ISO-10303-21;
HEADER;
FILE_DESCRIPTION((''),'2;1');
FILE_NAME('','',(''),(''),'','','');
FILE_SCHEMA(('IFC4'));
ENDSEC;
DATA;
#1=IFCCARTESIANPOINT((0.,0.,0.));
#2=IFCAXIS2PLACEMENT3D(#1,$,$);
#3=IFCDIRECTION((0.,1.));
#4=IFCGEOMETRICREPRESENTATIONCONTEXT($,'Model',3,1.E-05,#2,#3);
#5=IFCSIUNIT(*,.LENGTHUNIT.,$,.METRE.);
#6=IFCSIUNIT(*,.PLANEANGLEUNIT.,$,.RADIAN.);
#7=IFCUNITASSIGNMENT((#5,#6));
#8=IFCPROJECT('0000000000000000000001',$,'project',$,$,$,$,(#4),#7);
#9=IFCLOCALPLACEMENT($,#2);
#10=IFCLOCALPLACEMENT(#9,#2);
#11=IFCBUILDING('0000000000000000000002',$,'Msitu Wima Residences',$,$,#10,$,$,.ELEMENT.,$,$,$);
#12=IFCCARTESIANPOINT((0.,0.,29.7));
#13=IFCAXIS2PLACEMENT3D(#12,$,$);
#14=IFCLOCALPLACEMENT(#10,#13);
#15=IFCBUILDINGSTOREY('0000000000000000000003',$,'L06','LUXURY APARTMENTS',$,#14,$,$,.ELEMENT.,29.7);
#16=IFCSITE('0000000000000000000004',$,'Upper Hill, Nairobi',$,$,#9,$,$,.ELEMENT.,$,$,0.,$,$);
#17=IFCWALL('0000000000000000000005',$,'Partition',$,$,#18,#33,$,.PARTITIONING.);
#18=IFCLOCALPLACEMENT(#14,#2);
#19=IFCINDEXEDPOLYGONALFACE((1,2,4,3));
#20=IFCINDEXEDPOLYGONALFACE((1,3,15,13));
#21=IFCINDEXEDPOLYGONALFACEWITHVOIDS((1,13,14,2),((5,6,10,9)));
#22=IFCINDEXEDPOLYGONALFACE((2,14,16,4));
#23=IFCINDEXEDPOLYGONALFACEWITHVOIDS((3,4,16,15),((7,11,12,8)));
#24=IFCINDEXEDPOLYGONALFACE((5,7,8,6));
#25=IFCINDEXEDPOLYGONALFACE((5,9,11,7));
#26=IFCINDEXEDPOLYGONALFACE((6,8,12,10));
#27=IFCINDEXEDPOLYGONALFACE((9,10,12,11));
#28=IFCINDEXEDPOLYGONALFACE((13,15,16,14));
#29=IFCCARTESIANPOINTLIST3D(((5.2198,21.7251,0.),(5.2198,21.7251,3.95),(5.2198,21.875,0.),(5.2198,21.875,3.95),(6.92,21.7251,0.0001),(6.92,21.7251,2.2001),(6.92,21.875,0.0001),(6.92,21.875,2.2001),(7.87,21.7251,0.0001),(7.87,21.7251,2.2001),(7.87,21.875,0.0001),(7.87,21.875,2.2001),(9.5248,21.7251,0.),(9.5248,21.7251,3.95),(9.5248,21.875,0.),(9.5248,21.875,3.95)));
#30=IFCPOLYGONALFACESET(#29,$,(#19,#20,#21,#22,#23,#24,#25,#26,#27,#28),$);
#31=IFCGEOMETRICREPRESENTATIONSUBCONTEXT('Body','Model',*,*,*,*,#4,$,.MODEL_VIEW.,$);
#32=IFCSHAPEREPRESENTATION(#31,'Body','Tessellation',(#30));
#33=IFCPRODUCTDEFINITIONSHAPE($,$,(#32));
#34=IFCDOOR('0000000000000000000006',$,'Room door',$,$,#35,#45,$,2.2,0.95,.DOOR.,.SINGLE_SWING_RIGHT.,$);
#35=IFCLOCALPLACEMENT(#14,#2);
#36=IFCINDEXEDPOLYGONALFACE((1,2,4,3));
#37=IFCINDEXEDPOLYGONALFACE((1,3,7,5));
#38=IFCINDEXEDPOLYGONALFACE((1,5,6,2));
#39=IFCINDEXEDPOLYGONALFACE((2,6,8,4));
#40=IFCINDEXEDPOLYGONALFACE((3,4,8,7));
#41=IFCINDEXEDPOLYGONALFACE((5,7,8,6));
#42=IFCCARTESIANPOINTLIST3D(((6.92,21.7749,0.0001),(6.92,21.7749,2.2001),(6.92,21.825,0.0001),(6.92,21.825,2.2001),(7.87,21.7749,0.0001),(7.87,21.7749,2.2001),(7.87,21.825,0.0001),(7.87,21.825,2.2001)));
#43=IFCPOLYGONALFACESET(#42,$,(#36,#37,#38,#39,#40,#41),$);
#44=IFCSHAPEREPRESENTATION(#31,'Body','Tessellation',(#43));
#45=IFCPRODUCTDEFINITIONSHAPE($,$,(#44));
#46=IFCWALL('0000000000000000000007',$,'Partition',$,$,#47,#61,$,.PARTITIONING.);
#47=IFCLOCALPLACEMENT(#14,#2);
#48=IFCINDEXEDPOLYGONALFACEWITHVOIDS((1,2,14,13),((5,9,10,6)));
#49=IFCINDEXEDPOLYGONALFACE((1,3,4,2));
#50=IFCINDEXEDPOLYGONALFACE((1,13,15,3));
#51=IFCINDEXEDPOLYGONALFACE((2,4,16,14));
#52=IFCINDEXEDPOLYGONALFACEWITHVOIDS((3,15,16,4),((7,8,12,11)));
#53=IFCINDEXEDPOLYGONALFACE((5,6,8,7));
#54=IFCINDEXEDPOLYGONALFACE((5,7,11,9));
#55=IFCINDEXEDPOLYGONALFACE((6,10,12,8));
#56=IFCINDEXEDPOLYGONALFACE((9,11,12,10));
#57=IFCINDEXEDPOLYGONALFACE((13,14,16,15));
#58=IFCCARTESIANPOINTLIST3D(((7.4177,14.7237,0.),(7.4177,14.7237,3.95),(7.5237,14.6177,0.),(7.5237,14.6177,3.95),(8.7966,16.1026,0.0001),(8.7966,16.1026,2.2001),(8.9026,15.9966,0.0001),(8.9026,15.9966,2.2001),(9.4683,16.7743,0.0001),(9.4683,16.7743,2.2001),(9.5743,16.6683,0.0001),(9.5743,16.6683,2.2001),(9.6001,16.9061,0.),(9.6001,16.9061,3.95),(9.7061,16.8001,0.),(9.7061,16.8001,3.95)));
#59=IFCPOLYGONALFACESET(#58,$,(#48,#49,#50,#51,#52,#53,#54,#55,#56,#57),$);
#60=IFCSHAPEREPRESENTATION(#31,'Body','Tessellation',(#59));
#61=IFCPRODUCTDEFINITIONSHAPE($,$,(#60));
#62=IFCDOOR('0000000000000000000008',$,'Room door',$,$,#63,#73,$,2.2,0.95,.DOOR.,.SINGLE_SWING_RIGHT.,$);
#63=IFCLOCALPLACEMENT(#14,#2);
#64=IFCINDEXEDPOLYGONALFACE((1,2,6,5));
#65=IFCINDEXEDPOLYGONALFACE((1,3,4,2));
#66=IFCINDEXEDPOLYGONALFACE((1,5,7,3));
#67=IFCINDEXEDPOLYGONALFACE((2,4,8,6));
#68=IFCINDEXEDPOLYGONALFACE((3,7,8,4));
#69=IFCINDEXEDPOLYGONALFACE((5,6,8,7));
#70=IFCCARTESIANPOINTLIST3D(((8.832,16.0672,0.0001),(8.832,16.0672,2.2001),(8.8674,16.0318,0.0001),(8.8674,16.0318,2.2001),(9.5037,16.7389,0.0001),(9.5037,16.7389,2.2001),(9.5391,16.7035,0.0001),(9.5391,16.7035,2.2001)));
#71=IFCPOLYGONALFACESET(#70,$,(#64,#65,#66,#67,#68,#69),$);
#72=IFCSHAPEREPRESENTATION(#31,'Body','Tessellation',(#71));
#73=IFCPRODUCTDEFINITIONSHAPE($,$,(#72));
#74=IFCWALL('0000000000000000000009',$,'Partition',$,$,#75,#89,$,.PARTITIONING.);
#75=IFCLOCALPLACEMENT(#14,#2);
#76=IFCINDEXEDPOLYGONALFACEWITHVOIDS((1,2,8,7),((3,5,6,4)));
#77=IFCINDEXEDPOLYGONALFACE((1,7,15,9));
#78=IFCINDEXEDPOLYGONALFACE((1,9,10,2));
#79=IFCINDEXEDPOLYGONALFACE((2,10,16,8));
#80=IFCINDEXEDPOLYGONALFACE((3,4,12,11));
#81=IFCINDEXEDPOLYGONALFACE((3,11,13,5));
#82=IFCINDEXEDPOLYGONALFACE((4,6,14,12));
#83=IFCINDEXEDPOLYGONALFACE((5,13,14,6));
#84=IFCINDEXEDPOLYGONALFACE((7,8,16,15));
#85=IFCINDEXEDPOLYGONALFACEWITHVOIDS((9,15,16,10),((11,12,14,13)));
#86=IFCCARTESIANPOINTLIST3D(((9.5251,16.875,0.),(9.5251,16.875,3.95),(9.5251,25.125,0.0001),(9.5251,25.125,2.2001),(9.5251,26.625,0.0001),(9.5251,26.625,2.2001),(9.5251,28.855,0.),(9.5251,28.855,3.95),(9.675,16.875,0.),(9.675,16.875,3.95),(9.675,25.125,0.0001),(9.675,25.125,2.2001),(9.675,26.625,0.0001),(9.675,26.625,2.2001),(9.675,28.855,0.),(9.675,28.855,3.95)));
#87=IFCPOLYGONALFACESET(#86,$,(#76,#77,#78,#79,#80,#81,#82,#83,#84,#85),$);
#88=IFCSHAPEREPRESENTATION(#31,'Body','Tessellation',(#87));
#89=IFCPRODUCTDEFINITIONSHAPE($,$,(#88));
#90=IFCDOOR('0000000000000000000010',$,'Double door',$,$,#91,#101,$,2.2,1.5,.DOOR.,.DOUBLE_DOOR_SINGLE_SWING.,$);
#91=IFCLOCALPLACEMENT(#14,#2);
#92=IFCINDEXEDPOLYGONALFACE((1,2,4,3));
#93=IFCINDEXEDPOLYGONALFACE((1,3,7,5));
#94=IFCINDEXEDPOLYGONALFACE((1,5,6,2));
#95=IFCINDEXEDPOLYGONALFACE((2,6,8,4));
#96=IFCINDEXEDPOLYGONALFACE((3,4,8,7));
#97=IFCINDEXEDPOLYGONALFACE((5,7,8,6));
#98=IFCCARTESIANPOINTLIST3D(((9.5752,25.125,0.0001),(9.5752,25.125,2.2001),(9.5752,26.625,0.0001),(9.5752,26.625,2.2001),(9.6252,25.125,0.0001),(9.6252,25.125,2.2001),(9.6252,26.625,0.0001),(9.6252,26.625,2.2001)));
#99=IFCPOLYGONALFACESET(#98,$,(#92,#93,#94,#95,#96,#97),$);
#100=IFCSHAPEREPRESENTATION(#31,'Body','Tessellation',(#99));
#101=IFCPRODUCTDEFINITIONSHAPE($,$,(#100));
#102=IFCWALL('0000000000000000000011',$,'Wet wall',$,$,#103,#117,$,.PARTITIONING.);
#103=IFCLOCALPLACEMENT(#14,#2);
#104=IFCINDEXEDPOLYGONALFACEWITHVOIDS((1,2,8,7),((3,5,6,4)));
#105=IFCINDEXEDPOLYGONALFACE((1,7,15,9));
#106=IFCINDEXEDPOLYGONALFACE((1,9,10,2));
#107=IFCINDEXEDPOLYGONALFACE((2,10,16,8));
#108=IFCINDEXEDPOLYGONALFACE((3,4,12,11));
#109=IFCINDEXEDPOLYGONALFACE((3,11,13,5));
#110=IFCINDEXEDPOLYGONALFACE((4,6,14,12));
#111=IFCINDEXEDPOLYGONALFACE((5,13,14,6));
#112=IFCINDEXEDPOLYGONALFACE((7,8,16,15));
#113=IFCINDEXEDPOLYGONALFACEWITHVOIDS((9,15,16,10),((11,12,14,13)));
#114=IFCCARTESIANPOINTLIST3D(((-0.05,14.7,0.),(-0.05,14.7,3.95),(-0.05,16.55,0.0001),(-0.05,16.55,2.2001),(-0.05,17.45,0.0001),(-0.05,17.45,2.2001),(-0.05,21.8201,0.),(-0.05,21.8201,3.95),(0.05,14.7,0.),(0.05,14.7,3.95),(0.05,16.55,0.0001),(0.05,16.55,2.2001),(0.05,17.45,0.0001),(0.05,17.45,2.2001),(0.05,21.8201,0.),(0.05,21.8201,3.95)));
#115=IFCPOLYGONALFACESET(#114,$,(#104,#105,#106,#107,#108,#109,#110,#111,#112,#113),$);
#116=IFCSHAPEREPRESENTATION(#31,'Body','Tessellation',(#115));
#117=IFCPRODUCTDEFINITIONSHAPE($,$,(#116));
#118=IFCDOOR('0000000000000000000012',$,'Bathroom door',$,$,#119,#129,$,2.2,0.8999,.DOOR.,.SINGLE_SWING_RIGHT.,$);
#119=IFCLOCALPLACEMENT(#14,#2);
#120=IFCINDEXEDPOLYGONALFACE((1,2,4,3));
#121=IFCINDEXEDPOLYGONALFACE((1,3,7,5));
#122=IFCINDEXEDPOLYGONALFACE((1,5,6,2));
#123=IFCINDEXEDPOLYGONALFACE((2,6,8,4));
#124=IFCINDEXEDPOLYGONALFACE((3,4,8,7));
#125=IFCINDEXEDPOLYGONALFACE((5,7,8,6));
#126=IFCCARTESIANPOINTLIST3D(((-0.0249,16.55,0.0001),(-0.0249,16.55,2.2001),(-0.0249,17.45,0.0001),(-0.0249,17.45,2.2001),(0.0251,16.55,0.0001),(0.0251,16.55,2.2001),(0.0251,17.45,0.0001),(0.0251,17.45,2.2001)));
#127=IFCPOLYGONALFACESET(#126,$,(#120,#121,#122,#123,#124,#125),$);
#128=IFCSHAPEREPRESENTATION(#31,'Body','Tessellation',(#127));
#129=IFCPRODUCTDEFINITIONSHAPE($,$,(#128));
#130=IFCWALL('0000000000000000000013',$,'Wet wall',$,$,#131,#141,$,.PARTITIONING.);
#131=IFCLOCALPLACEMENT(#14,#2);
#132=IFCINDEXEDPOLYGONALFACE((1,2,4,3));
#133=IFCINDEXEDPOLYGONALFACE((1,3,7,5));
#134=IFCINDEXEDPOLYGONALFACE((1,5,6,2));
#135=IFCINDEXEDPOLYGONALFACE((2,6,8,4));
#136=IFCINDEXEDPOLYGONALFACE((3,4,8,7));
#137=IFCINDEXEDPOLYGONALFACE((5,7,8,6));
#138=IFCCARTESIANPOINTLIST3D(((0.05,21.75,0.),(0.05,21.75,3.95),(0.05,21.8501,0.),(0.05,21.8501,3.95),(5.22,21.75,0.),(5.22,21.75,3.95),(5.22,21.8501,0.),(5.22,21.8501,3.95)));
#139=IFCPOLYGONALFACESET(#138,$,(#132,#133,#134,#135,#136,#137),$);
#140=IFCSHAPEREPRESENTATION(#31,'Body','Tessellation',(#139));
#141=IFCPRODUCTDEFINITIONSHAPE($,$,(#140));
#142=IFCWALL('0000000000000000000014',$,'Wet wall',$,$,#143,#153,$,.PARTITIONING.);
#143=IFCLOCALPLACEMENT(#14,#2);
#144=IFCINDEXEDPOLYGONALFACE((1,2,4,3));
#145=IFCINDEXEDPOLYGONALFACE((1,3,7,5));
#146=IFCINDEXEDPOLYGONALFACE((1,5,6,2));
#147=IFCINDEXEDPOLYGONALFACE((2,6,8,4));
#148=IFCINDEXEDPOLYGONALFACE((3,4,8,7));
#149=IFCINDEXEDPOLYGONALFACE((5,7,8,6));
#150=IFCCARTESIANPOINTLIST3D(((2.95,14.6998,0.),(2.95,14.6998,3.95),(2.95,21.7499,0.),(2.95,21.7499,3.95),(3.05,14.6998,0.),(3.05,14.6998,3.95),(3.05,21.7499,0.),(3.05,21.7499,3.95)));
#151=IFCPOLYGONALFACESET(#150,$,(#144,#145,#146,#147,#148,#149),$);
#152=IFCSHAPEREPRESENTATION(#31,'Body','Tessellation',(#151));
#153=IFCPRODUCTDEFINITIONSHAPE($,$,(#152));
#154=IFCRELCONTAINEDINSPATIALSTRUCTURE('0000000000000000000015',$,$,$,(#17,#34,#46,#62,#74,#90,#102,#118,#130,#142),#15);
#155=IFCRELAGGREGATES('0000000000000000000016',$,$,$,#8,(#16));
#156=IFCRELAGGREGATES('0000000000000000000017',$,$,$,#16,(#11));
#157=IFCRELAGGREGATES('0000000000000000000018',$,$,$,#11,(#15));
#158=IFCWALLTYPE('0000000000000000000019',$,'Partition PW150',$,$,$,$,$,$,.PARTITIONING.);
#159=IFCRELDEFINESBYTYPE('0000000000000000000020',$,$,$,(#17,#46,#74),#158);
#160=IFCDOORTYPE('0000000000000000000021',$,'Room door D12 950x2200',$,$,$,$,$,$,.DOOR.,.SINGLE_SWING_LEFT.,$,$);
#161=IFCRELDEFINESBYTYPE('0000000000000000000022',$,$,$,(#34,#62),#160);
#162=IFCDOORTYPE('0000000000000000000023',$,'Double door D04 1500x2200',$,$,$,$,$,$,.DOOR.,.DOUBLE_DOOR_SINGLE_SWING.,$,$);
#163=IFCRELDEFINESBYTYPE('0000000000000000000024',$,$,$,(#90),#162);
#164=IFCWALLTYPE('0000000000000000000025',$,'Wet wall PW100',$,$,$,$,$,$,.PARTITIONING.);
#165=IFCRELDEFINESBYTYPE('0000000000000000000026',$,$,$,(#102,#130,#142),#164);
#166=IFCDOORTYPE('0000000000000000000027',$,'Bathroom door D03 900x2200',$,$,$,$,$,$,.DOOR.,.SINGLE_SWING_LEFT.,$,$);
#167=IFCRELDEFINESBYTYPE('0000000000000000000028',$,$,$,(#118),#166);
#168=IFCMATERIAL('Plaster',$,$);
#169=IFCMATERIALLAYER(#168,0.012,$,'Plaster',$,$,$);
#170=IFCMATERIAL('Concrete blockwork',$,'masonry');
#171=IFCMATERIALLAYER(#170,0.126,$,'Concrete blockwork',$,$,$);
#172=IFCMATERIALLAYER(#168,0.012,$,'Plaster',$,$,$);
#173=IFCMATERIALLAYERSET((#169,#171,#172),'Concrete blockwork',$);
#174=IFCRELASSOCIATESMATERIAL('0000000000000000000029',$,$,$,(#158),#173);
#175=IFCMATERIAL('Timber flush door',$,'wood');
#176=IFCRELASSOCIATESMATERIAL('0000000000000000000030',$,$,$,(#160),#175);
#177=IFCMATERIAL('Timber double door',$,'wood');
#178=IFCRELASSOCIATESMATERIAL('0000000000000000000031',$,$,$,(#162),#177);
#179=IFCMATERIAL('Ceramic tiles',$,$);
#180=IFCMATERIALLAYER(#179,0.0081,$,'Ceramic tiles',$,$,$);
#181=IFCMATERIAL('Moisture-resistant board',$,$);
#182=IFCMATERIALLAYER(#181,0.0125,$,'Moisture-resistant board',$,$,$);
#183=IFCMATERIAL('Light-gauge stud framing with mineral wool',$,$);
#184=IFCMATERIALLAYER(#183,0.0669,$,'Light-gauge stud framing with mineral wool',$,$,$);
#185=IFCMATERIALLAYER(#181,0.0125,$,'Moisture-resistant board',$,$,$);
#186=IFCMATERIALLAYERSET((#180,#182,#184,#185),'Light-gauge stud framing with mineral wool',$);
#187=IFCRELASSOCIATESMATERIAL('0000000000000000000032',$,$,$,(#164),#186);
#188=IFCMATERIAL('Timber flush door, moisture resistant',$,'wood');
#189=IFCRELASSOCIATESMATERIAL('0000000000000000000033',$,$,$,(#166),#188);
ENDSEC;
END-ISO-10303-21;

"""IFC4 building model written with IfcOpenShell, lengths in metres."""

from ifc_helpers import new_model, si_unit, direction, frame, frame_2d, origin, place, context, subcontext, project, spatial, rectangle, extrude, material, layer, layer_set, type_object, element, fill, save


model = new_model("IFC4")

# Units and contexts
model_context = context("Model", 3, precision=1e-05, world=origin(), true_north=direction((0.0, 1.0)))
body_context = subcontext(model_context, "Body", "Model", "MODEL_VIEW")
ifc_project = project(units=[si_unit("LENGTHUNIT", "METRE"), si_unit("PLANEANGLEUNIT", "RADIAN")], contexts=[model_context])

# Site, building, storey
site_placement = place(None, origin())
site = spatial("IfcSite", under=ifc_project, at=site_placement, Name="Upper Hill, Nairobi", CompositionType="ELEMENT", RefElevation=0.0)
building_placement = place(site_placement, origin())
building = spatial("IfcBuilding", under=site, at=building_placement, Name="Msitu Wima Residences", CompositionType="ELEMENT")
storey_placement = place(building_placement, frame((0.0, 0.0, 29.7)))
storey = spatial("IfcBuildingStorey", under=building, at=storey_placement, Name="L06", Description="LUXURY APARTMENTS", CompositionType="ELEMENT", Elevation=29.7)

# Walls, openings, doors
ifc_material_1 = material(Name="Plaster")
ifc_layer_1 = layer(ifc_material_1, 0.012, Name="Plaster")
ifc_material_2 = material(Name="Concrete blockwork", Category="masonry")
ifc_layer_2 = layer(ifc_material_2, 0.126, Name="Concrete blockwork")
ifc_layer_3 = layer(ifc_material_1, 0.012, Name="Plaster")
ifc_layer_set_1 = layer_set([ifc_layer_1, ifc_layer_2, ifc_layer_3], Name="Concrete blockwork")
wall_type_1 = type_object("IfcWallType", Name="Partition PW150", PredefinedType="PARTITIONING", material=ifc_layer_set_1)
wall_1_placement = place(storey_placement, frame((5.22, 21.8, 0.0), z_axis=(0.0, 0.0, 1.0), x_axis=(1.0, 0.0, 0.0)))
wall_1 = element("IfcWall", 1, at=wall_1_placement, inside=storey, type_object=wall_type_1, Name="Partition", PredefinedType="PARTITIONING", context=body_context, shape_type="SweptSolid", body=[
    extrude(rectangle(XDim=4.3049, YDim=0.1499, at=frame_2d((2.1523, 0.0))), origin(), (0.0, 0.0, 1.0), 3.95),
])
opening_1_placement = place(wall_1_placement, frame((1.7, 0.0, 0.0)))
opening_1 = element("IfcOpeningElement", 2, at=opening_1_placement, cuts=wall_1, PredefinedType="OPENING", context=body_context, shape_type="SweptSolid", body=[
    extrude(rectangle(XDim=0.95, YDim=2.2, at=frame_2d((0.4751, 1.1001))), frame((0.0, 0.085, 0.0), z_axis=(0.0, -1.0, 0.0), x_axis=(1.0, 0.0, 0.0)), (0.0, 0.0, 1.0), 0.1699),
])
ifc_material_3 = material(Name="Timber flush door", Category="wood")
door_type_1 = type_object("IfcDoorType", Name="Room door D12 950x2200", OperationType="SINGLE_SWING_LEFT", PredefinedType="DOOR", material=ifc_material_3)
door_1_placement = place(opening_1_placement, origin())
door_1 = element("IfcDoor", 3, at=door_1_placement, inside=storey, type_object=door_type_1, Name="Room door", OperationType="SINGLE_SWING_RIGHT", OverallHeight=2.2, OverallWidth=0.95, PredefinedType="DOOR", context=body_context, shape_type="SweptSolid", body=[
    extrude(rectangle(XDim=0.95, YDim=2.2, at=frame_2d((0.4751, 1.1001))), frame((0.0, 0.0249, 0.0), z_axis=(0.0, -1.0, 0.0), x_axis=(1.0, 0.0, 0.0)), (0.0, 0.0, 1.0), 0.05),
])
fill(opening_1, door_1)
wall_2_placement = place(storey_placement, frame((7.4707, 14.6707, 0.0), z_axis=(0.0, 0.0, 1.0), x_axis=(0.707107, 0.707107, 0.0)))
wall_2 = element("IfcWall", 4, at=wall_2_placement, inside=storey, type_object=wall_type_1, Name="Partition", PredefinedType="PARTITIONING", context=body_context, shape_type="SweptSolid", body=[
    extrude(rectangle(XDim=3.0864, YDim=0.1499, at=frame_2d((1.5432, 0.0))), origin(), (0.0, 0.0, 1.0), 3.95),
])
opening_2_placement = place(wall_2_placement, frame((1.95, 0.0, 0.0)))
opening_2 = element("IfcOpeningElement", 5, at=opening_2_placement, cuts=wall_2, PredefinedType="OPENING", context=body_context, shape_type="SweptSolid", body=[
    extrude(rectangle(XDim=0.95, YDim=2.2, at=frame_2d((0.4751, 1.1001))), frame((0.0, 0.085, 0.0), z_axis=(0.0, -1.0, 0.0), x_axis=(1.0, 0.0, 0.0)), (0.0, 0.0, 1.0), 0.1699),
])
door_2_placement = place(opening_2_placement, origin())
door_2 = element("IfcDoor", 6, at=door_2_placement, inside=storey, type_object=door_type_1, Name="Room door", OperationType="SINGLE_SWING_RIGHT", OverallHeight=2.2, OverallWidth=0.95, PredefinedType="DOOR", context=body_context, shape_type="SweptSolid", body=[
    extrude(rectangle(XDim=0.95, YDim=2.2, at=frame_2d((0.4751, 1.1001))), frame((0.0, 0.0249, 0.0), z_axis=(0.0, -1.0, 0.0), x_axis=(1.0, 0.0, 0.0)), (0.0, 0.0, 1.0), 0.05),
])
fill(opening_2, door_2)
wall_3_placement = place(storey_placement, frame((9.6001, 16.875, 0.0), z_axis=(0.0, 0.0, 1.0), x_axis=(0.0, 1.0, 0.0)))
wall_3 = element("IfcWall", 7, at=wall_3_placement, inside=storey, type_object=wall_type_1, Name="Partition", PredefinedType="PARTITIONING", context=body_context, shape_type="SweptSolid", body=[
    extrude(rectangle(XDim=11.98, YDim=0.1499, at=frame_2d((5.99, 0.0))), origin(), (0.0, 0.0, 1.0), 3.95),
])
opening_3_placement = place(wall_3_placement, frame((8.25, 0.0, 0.0)))
opening_3 = element("IfcOpeningElement", 8, at=opening_3_placement, cuts=wall_3, PredefinedType="OPENING", context=body_context, shape_type="SweptSolid", body=[
    extrude(rectangle(XDim=1.5, YDim=2.2, at=frame_2d((0.75, 1.1001))), frame((0.0, 0.085, 0.0), z_axis=(0.0, -1.0, 0.0), x_axis=(1.0, 0.0, 0.0)), (0.0, 0.0, 1.0), 0.1699),
])
ifc_material_4 = material(Name="Timber double door", Category="wood")
door_type_2 = type_object("IfcDoorType", Name="Double door D04 1500x2200", OperationType="DOUBLE_DOOR_SINGLE_SWING", PredefinedType="DOOR", material=ifc_material_4)
door_3_placement = place(opening_3_placement, origin())
door_3 = element("IfcDoor", 9, at=door_3_placement, inside=storey, type_object=door_type_2, Name="Double door", OperationType="DOUBLE_DOOR_SINGLE_SWING", OverallHeight=2.2, OverallWidth=1.5, PredefinedType="DOOR", context=body_context, shape_type="SweptSolid", body=[
    extrude(rectangle(XDim=1.5, YDim=2.2, at=frame_2d((0.75, 1.1001))), frame((0.0, 0.0249, 0.0), z_axis=(0.0, -1.0, 0.0), x_axis=(1.0, 0.0, 0.0)), (0.0, 0.0, 1.0), 0.05),
])
fill(opening_3, door_3)
ifc_material_5 = material(Name="Ceramic tiles")
ifc_layer_4 = layer(ifc_material_5, 0.0081, Name="Ceramic tiles")
ifc_material_6 = material(Name="Moisture-resistant board")
ifc_layer_5 = layer(ifc_material_6, 0.0125, Name="Moisture-resistant board")
ifc_material_7 = material(Name="Light-gauge stud framing with mineral wool")
ifc_layer_6 = layer(ifc_material_7, 0.0669, Name="Light-gauge stud framing with mineral wool")
ifc_layer_7 = layer(ifc_material_6, 0.0125, Name="Moisture-resistant board")
ifc_layer_set_2 = layer_set([ifc_layer_4, ifc_layer_5, ifc_layer_6, ifc_layer_7], Name="Light-gauge stud framing with mineral wool")
wall_type_2 = type_object("IfcWallType", Name="Wet wall PW100", PredefinedType="PARTITIONING", material=ifc_layer_set_2)
wall_4_placement = place(storey_placement, frame((0.0, 14.7, 0.0), z_axis=(0.0, 0.0, 1.0), x_axis=(0.0, 1.0, 0.0)))
wall_4 = element("IfcWall", 10, at=wall_4_placement, inside=storey, type_object=wall_type_2, Name="Wet wall", PredefinedType="PARTITIONING", context=body_context, shape_type="SweptSolid", body=[
    extrude(rectangle(XDim=7.1201, YDim=0.1001, at=frame_2d((3.5601, 0.0))), origin(), (0.0, 0.0, 1.0), 3.95),
])
opening_4_placement = place(wall_4_placement, frame((1.8501, 0.0, 0.0)))
opening_4 = element("IfcOpeningElement", 11, at=opening_4_placement, cuts=wall_4, PredefinedType="OPENING", context=body_context, shape_type="SweptSolid", body=[
    extrude(rectangle(XDim=0.8999, YDim=2.2, at=frame_2d((0.45, 1.1001))), frame((0.0, 0.0601, 0.0), z_axis=(0.0, -1.0, 0.0), x_axis=(1.0, 0.0, 0.0)), (0.0, 0.0, 1.0), 0.1201),
])
ifc_material_8 = material(Name="Timber flush door, moisture resistant", Category="wood")
door_type_3 = type_object("IfcDoorType", Name="Bathroom door D03 900x2200", OperationType="SINGLE_SWING_LEFT", PredefinedType="DOOR", material=ifc_material_8)
door_4_placement = place(opening_4_placement, origin())
door_4 = element("IfcDoor", 12, at=door_4_placement, inside=storey, type_object=door_type_3, Name="Bathroom door", OperationType="SINGLE_SWING_RIGHT", OverallHeight=2.2, OverallWidth=0.8999, PredefinedType="DOOR", context=body_context, shape_type="SweptSolid", body=[
    extrude(rectangle(XDim=0.8999, YDim=2.2, at=frame_2d((0.45, 1.1001))), frame((0.0, 0.0249, 0.0), z_axis=(0.0, -1.0, 0.0), x_axis=(1.0, 0.0, 0.0)), (0.0, 0.0, 1.0), 0.05),
])
fill(opening_4, door_4)

# Walls
wall_5_placement = place(storey_placement, frame((0.05, 21.8, 0.0), z_axis=(0.0, 0.0, 1.0), x_axis=(1.0, 0.0, 0.0)))
element("IfcWall", 13, at=wall_5_placement, inside=storey, type_object=wall_type_2, Name="Wet wall", PredefinedType="PARTITIONING", context=body_context, shape_type="SweptSolid", body=[
    extrude(rectangle(XDim=5.1699, YDim=0.1001, at=frame_2d((2.585, 0.0))), origin(), (0.0, 0.0, 1.0), 3.95),
])
wall_6_placement = place(storey_placement, frame((3.0, 14.7, 0.0), z_axis=(0.0, 0.0, 1.0), x_axis=(0.0, 1.0, 0.0)))
element("IfcWall", 14, at=wall_6_placement, inside=storey, type_object=wall_type_2, Name="Wet wall", PredefinedType="PARTITIONING", context=body_context, shape_type="SweptSolid", body=[
    extrude(rectangle(XDim=7.05, YDim=0.1001, at=frame_2d((3.5249, 0.0))), origin(), (0.0, 0.0, 1.0), 3.95),
])

save(model, "model.ifc")
